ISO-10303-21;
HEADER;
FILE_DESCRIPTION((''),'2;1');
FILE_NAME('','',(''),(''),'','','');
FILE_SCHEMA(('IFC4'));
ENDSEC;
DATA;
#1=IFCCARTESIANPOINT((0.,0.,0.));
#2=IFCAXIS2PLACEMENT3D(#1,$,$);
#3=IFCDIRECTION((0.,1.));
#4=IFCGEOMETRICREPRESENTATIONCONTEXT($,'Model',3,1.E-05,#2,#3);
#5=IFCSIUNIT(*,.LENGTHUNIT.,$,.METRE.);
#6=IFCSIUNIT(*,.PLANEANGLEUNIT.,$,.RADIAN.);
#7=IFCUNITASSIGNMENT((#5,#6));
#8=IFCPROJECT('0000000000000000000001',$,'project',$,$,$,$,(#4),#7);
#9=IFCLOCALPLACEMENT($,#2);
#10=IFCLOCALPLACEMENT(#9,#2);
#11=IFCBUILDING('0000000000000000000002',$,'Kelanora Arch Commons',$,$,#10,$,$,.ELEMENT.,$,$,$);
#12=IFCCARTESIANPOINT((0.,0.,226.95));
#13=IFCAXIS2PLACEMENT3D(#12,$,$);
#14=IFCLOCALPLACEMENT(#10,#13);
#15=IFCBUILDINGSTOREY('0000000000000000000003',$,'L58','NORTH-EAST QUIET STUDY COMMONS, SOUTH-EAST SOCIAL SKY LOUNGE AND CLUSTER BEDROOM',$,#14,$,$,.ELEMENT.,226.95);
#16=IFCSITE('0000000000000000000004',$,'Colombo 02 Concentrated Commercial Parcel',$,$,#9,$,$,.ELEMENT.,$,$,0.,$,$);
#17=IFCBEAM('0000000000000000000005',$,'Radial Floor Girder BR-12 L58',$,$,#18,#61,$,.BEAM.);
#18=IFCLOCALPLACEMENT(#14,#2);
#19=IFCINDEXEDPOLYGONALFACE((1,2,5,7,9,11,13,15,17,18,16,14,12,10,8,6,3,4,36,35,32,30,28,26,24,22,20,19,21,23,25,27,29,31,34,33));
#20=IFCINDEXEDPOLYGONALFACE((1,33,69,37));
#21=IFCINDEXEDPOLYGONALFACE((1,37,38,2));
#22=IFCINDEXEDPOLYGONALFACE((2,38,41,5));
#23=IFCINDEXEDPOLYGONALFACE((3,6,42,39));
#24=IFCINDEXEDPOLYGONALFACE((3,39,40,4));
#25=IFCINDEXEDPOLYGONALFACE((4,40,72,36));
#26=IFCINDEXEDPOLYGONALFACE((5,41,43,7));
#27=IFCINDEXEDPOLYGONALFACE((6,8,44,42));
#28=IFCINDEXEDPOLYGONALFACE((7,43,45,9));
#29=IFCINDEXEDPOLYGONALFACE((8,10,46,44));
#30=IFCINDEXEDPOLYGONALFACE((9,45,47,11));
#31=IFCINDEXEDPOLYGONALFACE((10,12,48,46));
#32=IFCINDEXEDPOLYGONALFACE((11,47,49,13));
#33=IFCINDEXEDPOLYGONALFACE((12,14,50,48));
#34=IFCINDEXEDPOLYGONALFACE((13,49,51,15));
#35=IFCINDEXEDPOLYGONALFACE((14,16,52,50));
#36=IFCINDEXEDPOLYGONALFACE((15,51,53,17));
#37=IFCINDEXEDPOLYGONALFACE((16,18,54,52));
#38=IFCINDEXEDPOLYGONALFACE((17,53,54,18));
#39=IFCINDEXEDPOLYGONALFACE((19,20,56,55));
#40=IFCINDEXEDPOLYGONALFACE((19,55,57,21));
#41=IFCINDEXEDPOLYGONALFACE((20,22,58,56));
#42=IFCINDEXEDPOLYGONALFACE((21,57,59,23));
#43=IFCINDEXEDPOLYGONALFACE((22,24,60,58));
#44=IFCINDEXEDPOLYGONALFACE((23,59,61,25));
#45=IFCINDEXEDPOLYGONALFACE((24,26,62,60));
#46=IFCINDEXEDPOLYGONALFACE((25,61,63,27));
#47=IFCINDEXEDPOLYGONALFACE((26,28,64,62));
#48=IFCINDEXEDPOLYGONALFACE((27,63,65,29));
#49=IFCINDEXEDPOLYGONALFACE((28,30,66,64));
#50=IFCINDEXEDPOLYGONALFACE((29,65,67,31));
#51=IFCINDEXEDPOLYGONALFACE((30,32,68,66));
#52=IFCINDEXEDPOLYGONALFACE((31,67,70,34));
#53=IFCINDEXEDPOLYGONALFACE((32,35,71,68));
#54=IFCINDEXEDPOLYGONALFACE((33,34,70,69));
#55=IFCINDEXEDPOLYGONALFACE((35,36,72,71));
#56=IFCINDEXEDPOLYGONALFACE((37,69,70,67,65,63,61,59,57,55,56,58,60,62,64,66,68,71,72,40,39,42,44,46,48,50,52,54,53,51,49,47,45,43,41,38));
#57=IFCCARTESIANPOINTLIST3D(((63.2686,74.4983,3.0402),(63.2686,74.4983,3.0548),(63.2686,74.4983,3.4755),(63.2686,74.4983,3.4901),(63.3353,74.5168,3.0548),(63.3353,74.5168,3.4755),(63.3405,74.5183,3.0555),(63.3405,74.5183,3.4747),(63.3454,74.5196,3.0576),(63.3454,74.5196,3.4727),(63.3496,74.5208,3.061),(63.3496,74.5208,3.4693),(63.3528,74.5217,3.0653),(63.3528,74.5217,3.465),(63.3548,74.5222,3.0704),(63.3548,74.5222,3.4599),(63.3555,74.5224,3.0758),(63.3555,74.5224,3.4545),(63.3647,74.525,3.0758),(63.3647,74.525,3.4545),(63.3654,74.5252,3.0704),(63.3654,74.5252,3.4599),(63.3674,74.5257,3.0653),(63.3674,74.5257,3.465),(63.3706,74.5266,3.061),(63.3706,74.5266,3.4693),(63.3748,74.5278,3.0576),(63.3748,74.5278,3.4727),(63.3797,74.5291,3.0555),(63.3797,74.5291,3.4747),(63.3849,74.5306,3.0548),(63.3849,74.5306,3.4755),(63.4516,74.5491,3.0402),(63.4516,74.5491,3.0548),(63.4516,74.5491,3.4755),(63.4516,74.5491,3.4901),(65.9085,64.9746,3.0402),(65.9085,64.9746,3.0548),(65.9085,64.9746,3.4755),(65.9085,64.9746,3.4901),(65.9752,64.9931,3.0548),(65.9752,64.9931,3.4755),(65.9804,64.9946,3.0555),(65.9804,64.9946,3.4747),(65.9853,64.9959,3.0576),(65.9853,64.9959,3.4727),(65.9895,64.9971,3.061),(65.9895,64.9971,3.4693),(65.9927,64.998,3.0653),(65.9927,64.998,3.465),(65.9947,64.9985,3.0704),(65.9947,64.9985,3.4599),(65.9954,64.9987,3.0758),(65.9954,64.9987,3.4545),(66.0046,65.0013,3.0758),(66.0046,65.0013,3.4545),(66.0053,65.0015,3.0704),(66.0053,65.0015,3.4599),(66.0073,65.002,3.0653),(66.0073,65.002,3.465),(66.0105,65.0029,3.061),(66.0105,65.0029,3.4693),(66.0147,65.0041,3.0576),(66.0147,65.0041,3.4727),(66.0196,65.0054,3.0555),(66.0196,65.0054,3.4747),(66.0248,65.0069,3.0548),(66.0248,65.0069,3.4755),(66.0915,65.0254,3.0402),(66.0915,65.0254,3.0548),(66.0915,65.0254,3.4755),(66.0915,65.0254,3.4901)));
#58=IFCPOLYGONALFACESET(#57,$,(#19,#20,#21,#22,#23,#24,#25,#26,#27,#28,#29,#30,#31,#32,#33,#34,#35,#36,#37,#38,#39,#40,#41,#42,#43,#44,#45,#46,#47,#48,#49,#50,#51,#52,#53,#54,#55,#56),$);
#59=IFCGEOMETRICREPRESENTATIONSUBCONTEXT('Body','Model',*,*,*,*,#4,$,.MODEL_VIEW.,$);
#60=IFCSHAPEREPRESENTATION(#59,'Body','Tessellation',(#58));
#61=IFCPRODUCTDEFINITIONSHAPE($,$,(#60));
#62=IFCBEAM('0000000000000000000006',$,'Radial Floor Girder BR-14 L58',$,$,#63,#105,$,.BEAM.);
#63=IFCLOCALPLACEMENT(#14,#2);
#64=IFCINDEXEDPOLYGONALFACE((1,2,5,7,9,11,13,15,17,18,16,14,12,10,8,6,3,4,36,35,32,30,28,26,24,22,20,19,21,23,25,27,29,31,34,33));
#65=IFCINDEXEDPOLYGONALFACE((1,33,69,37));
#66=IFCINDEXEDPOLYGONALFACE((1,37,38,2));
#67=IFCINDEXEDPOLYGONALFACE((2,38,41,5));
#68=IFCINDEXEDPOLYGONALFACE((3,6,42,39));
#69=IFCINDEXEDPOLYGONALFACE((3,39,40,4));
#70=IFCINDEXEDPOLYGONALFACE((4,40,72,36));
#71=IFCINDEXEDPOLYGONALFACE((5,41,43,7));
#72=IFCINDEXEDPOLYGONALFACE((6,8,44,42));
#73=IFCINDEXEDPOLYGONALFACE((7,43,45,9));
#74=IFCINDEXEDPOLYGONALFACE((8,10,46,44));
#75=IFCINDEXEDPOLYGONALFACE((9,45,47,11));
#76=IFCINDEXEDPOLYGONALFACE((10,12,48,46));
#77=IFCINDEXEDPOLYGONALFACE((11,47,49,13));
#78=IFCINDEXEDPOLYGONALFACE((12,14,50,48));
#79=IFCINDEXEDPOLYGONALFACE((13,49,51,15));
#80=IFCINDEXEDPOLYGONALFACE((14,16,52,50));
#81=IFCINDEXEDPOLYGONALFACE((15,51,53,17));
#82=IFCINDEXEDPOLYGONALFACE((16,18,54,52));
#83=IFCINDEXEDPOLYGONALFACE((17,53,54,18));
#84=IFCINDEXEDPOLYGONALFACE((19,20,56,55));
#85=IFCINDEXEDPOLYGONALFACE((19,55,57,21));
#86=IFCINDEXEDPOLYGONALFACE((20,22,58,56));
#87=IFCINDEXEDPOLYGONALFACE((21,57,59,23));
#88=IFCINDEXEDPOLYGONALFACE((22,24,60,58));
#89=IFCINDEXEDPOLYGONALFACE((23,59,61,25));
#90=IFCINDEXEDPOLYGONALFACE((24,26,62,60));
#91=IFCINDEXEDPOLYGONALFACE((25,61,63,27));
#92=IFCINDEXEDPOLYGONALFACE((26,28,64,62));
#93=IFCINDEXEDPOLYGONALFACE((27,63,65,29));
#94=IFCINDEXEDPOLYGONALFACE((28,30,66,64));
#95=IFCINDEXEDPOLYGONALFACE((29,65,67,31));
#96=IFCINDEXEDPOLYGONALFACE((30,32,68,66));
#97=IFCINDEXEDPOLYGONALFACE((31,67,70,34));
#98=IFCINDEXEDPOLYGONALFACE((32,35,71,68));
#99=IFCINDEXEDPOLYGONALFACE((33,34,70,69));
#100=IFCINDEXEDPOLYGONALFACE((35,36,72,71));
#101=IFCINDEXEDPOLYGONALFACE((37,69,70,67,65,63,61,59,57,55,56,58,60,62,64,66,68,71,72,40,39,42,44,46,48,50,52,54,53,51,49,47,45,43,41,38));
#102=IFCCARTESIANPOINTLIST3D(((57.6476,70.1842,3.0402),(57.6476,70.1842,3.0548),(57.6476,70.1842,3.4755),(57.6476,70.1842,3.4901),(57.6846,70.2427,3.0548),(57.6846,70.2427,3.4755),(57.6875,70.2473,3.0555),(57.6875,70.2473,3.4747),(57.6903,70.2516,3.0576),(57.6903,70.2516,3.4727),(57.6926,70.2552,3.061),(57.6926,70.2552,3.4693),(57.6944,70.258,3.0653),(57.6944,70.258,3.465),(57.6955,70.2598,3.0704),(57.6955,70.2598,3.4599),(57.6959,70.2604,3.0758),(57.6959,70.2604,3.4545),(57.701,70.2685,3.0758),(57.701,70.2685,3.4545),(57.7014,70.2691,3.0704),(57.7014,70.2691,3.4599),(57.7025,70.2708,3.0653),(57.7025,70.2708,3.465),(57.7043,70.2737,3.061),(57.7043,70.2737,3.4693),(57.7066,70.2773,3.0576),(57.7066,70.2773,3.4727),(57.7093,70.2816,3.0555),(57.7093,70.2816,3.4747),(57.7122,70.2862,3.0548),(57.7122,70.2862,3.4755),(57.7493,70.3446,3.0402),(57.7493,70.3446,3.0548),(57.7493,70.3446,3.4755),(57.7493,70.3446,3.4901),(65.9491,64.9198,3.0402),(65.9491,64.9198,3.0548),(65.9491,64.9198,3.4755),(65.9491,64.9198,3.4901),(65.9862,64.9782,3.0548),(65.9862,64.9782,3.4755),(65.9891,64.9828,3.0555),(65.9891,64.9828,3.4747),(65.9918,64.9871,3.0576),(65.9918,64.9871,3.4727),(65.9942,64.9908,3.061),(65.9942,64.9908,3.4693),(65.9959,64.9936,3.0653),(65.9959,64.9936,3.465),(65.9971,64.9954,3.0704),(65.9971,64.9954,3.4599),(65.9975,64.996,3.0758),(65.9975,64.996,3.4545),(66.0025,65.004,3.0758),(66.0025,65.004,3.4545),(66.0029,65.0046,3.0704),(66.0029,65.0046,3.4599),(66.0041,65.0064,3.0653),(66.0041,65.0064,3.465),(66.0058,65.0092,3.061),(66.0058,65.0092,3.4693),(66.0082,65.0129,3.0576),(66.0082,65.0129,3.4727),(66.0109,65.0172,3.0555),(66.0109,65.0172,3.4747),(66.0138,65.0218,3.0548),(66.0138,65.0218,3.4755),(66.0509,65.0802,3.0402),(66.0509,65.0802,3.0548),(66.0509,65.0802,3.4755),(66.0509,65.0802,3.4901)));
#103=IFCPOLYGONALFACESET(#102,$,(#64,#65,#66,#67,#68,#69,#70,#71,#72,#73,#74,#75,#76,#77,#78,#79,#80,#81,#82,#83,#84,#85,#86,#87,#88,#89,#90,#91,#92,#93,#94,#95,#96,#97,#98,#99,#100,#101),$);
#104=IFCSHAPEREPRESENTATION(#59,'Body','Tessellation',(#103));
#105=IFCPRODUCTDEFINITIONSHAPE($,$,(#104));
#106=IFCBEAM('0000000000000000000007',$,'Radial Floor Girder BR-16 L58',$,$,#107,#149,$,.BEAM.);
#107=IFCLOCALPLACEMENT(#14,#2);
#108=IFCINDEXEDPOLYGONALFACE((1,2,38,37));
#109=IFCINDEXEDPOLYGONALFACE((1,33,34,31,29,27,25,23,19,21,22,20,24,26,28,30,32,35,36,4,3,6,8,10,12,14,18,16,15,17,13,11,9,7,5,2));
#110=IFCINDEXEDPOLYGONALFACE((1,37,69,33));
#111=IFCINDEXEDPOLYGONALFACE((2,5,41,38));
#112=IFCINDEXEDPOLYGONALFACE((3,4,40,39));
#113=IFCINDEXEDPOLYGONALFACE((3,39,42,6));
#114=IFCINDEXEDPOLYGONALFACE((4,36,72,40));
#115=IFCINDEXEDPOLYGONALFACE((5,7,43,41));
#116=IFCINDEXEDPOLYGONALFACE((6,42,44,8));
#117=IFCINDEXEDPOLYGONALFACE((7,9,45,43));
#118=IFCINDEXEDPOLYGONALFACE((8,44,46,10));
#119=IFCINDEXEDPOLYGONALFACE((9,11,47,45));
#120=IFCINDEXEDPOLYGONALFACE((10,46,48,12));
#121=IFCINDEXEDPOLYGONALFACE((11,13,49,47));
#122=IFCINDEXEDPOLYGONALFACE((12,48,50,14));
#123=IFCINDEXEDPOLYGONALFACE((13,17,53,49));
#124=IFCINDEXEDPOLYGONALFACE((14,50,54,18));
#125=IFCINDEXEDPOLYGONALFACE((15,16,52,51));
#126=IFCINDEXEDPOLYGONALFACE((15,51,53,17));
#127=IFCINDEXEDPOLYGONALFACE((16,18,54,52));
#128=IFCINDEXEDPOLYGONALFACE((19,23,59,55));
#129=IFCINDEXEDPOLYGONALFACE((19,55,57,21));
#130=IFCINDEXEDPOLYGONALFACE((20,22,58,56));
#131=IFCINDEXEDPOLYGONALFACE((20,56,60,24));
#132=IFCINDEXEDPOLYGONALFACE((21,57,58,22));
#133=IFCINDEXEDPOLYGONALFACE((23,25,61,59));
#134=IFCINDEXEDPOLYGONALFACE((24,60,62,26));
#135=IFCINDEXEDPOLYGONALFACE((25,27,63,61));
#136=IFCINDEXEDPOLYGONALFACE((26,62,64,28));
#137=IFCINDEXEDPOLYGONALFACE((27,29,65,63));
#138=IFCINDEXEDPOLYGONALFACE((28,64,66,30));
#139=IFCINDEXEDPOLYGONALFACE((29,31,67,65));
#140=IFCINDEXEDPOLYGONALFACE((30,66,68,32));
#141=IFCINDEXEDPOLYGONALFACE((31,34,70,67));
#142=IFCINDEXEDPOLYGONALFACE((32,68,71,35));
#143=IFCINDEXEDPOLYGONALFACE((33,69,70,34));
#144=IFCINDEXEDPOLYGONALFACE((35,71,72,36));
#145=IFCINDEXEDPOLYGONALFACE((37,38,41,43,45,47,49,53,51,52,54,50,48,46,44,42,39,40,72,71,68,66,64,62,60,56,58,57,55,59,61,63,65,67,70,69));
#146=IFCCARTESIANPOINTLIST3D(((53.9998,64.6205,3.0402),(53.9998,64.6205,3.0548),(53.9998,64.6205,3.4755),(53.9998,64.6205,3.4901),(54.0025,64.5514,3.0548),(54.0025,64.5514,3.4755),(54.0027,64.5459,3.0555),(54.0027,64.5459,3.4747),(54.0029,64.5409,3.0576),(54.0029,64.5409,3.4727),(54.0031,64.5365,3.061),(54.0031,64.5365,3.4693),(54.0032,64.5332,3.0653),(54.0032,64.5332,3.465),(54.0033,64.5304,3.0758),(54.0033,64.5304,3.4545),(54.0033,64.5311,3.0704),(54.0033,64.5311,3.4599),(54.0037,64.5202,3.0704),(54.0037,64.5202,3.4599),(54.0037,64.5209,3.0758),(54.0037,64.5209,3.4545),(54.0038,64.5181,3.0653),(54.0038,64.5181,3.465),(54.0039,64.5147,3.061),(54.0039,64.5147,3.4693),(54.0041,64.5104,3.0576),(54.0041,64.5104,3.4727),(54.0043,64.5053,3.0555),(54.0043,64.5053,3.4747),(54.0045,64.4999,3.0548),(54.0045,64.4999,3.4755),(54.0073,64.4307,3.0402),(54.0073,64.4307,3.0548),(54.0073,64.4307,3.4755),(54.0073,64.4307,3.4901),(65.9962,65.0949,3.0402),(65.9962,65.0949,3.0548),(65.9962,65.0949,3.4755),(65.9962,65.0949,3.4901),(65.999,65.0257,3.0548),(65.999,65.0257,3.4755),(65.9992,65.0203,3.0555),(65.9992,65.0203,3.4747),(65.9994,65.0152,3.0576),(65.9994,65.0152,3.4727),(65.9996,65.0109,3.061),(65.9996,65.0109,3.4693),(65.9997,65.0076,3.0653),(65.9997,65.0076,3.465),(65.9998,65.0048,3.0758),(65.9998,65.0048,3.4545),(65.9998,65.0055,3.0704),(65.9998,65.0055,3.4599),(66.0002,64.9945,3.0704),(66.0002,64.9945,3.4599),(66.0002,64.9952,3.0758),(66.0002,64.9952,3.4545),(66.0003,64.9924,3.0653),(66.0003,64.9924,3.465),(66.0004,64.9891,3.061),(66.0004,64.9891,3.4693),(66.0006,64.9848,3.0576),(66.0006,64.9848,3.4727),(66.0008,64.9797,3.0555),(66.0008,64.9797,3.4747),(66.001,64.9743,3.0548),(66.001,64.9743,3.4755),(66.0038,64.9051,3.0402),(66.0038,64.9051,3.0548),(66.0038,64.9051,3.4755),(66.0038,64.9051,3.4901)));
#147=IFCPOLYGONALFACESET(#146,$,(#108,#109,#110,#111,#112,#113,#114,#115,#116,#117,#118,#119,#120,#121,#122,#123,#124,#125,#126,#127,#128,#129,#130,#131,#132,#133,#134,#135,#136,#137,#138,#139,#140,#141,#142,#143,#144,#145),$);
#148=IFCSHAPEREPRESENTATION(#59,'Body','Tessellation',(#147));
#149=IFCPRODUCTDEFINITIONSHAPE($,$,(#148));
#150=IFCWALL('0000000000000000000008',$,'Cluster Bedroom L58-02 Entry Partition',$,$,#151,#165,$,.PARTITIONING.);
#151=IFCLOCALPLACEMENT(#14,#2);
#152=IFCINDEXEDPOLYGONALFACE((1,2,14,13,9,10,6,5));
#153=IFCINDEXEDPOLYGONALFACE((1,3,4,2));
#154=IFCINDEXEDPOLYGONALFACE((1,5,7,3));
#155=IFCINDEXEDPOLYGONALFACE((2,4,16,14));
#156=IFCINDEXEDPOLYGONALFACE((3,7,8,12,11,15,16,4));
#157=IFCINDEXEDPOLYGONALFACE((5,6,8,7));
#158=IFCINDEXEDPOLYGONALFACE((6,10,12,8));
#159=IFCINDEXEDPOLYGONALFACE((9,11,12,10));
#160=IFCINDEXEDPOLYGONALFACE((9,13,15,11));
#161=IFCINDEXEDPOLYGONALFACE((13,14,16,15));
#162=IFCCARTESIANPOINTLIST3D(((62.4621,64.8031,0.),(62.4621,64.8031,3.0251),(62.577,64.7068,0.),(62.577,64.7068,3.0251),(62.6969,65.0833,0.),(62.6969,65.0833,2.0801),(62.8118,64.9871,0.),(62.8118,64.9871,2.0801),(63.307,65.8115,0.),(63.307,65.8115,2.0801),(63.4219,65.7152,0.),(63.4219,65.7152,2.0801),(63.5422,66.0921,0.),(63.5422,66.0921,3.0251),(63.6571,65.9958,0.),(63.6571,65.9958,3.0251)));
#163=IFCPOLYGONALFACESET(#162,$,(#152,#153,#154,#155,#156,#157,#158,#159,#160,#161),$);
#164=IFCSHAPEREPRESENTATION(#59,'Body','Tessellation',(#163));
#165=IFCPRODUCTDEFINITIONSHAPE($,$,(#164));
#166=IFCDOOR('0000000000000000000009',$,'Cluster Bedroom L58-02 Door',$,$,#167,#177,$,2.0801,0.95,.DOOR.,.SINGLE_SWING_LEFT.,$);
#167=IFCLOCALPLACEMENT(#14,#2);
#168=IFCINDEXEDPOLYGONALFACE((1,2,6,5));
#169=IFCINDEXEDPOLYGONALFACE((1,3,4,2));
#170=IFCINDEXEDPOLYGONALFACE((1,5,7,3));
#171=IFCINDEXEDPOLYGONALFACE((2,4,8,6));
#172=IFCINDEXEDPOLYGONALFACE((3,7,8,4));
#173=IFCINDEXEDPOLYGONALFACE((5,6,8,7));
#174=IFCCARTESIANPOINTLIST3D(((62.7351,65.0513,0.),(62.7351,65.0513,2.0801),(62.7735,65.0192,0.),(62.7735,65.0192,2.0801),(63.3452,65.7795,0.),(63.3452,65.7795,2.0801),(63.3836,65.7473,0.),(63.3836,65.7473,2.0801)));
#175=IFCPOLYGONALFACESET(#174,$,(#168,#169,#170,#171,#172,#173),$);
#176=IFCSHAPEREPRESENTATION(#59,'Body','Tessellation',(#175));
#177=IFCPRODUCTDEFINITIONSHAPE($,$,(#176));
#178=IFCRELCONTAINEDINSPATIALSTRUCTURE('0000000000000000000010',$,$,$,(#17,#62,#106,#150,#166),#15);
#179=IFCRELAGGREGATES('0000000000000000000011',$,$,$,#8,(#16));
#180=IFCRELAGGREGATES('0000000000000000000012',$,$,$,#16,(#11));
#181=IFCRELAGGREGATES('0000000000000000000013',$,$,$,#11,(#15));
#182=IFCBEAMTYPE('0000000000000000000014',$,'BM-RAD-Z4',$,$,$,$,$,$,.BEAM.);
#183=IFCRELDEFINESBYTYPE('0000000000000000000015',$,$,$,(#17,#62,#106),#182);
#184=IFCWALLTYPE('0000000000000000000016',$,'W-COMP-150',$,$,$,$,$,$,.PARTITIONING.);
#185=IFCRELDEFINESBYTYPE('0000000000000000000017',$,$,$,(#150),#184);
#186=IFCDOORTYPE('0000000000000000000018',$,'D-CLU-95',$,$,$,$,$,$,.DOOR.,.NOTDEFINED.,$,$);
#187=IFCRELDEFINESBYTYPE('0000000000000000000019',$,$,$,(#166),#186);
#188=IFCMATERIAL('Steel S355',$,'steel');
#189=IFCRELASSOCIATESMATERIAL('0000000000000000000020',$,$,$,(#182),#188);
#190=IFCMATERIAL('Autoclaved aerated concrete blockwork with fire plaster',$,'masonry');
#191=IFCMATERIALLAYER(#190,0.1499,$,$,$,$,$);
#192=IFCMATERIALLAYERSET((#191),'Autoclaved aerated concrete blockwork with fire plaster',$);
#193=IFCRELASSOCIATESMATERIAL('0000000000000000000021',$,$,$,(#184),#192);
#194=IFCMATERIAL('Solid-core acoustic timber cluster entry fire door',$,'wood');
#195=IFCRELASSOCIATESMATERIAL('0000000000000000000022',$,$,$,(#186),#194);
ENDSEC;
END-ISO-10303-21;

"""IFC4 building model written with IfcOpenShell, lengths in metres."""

from ifc_helpers import new_model, si_unit, direction, frame, frame_2d, origin, origin_2d, place, context, subcontext, project, spatial, rectangle, i_section, extrude, material, layer, layer_set, material_profile, profile_set, type_object, element, fill, save


model = new_model("IFC4")

# Units and contexts
model_context = context("Model", 3, precision=1e-05, world=origin(), true_north=direction((0.0, 1.0)))
body_context = subcontext(model_context, "Body", "Model", "MODEL_VIEW")
ifc_project = project(units=[si_unit("LENGTHUNIT", "METRE"), si_unit("PLANEANGLEUNIT", "RADIAN")], contexts=[model_context])

# Site, building, storey
site_placement = place(None, origin())
site = spatial("IfcSite", under=ifc_project, at=site_placement, Name="Colombo 02 Concentrated Commercial Parcel", CompositionType="ELEMENT", RefElevation=0.0)
building_placement = place(site_placement, origin())
building = spatial("IfcBuilding", under=site, at=building_placement, Name="Kelanora Arch Commons", CompositionType="ELEMENT")
storey_placement = place(building_placement, frame((0.0, 0.0, 226.95)))
storey = spatial("IfcBuildingStorey", under=building, at=storey_placement, Name="L58", Description="NORTH-EAST QUIET STUDY COMMONS, SOUTH-EAST SOCIAL SKY LOUNGE AND CLUSTER BEDROOM", CompositionType="ELEMENT", Elevation=226.95)

# Beams
ifc_material_1 = material(Name="Steel S355", Category="steel")
ifc_material_profile_1 = material_profile(ifc_material_1, i_section(OverallWidth=0.1899, OverallDepth=0.45, WebThickness=0.0095, FlangeThickness=0.0146, FilletRadius=0.021, at=origin_2d()), Name="IPE450")
ifc_profile_set_1 = profile_set([ifc_material_profile_1], Name="Steel S355")
beam_type_1 = type_object("IfcBeamType", Name="BM-RAD-Z4", PredefinedType="BEAM", material=ifc_profile_set_1)
beam_1_placement = place(storey_placement, frame((66.0, 65.0, 3.2651), z_axis=(-0.26712, 0.963663, 0.0), x_axis=(-0.963663, -0.26712, 0.0)))
element("IfcBeam", 1, at=beam_1_placement, inside=storey, type_object=beam_type_1, Name="Radial Floor Girder BR-12 L58", PredefinedType="BEAM", context=body_context, shape_type="SweptSolid", body=[
    extrude(i_section(OverallWidth=0.1899, OverallDepth=0.45, WebThickness=0.0095, FlangeThickness=0.0146, FilletRadius=0.021, at=origin_2d()), origin(), (0.0, 0.0, 1.0), 9.8828),
])
beam_2_placement = place(storey_placement, frame((66.0, 65.0, 3.2651), z_axis=(-0.844507, 0.535544, 0.0), x_axis=(-0.535544, -0.844507, 0.0)))
element("IfcBeam", 2, at=beam_2_placement, inside=storey, type_object=beam_type_1, Name="Radial Floor Girder BR-14 L58", PredefinedType="BEAM", context=body_context, shape_type="SweptSolid", body=[
    extrude(i_section(OverallWidth=0.1899, OverallDepth=0.45, WebThickness=0.0095, FlangeThickness=0.0146, FilletRadius=0.021, at=origin_2d()), origin(), (0.0, 0.0, 1.0), 9.8301),
])
beam_3_placement = place(storey_placement, frame((66.0, 65.0, 3.2651), z_axis=(-0.999219, -0.039511, 0.0), x_axis=(0.039511, -0.999219, 0.0)))
element("IfcBeam", 3, at=beam_3_placement, inside=storey, type_object=beam_type_1, Name="Radial Floor Girder BR-16 L58", PredefinedType="BEAM", context=body_context, shape_type="SweptSolid", body=[
    extrude(i_section(OverallWidth=0.1899, OverallDepth=0.45, WebThickness=0.0095, FlangeThickness=0.0146, FilletRadius=0.021, at=origin_2d()), origin(), (0.0, 0.0, 1.0), 12.0059),
])

# Wall, opening, door
ifc_material_2 = material(Name="Autoclaved aerated concrete blockwork with fire plaster", Category="masonry")
ifc_layer_1 = layer(ifc_material_2, 0.1499)
ifc_layer_set_1 = layer_set([ifc_layer_1], Name="Autoclaved aerated concrete blockwork with fire plaster")
wall_type_1 = type_object("IfcWallType", Name="W-COMP-150", PredefinedType="PARTITIONING", material=ifc_layer_set_1)
wall_1_placement = place(storey_placement, frame((63.5996, 66.0439, 0.0), z_axis=(0.0, 0.0, 1.0), x_axis=(-0.642238, -0.766505, 0.0)))
wall_1 = element("IfcWall", 4, at=wall_1_placement, inside=storey, type_object=wall_type_1, Name="Cluster Bedroom L58-02 Entry Partition", PredefinedType="PARTITIONING", context=body_context, shape_type="SweptSolid", body=[
    extrude(rectangle(XDim=1.6816, YDim=0.1499, at=frame_2d((0.8408, 0.0))), origin(), (0.0, 0.0, 1.0), 3.0251),
])
opening_1_placement = place(wall_1_placement, frame((0.366, 0.0, 0.0)))
opening_1 = element("IfcOpeningElement", 5, at=opening_1_placement, cuts=wall_1, PredefinedType="OPENING", context=body_context, shape_type="SweptSolid", body=[
    extrude(rectangle(XDim=0.95, YDim=2.0801, at=frame_2d((0.4751, 1.04))), frame((0.0, 0.085, 0.0), z_axis=(0.0, -1.0, 0.0), x_axis=(1.0, 0.0, 0.0)), (0.0, 0.0, 1.0), 0.1699),
])
ifc_material_3 = material(Name="Solid-core acoustic timber cluster entry fire door", Category="wood")
door_type_1 = type_object("IfcDoorType", Name="D-CLU-95", OperationType="NOTDEFINED", PredefinedType="DOOR", material=ifc_material_3)
door_1_placement = place(opening_1_placement, origin())
door_1 = element("IfcDoor", 6, at=door_1_placement, inside=storey, type_object=door_type_1, Name="Cluster Bedroom L58-02 Door", OperationType="SINGLE_SWING_LEFT", OverallHeight=2.0801, OverallWidth=0.95, PredefinedType="DOOR", context=body_context, shape_type="SweptSolid", body=[
    extrude(rectangle(XDim=0.95, YDim=2.0801, at=frame_2d((0.4751, 1.04))), frame((0.0, 0.0249, 0.0), z_axis=(0.0, -1.0, 0.0), x_axis=(1.0, 0.0, 0.0)), (0.0, 0.0, 1.0), 0.05),
])
fill(opening_1, door_1)

save(model, "model.ifc")
